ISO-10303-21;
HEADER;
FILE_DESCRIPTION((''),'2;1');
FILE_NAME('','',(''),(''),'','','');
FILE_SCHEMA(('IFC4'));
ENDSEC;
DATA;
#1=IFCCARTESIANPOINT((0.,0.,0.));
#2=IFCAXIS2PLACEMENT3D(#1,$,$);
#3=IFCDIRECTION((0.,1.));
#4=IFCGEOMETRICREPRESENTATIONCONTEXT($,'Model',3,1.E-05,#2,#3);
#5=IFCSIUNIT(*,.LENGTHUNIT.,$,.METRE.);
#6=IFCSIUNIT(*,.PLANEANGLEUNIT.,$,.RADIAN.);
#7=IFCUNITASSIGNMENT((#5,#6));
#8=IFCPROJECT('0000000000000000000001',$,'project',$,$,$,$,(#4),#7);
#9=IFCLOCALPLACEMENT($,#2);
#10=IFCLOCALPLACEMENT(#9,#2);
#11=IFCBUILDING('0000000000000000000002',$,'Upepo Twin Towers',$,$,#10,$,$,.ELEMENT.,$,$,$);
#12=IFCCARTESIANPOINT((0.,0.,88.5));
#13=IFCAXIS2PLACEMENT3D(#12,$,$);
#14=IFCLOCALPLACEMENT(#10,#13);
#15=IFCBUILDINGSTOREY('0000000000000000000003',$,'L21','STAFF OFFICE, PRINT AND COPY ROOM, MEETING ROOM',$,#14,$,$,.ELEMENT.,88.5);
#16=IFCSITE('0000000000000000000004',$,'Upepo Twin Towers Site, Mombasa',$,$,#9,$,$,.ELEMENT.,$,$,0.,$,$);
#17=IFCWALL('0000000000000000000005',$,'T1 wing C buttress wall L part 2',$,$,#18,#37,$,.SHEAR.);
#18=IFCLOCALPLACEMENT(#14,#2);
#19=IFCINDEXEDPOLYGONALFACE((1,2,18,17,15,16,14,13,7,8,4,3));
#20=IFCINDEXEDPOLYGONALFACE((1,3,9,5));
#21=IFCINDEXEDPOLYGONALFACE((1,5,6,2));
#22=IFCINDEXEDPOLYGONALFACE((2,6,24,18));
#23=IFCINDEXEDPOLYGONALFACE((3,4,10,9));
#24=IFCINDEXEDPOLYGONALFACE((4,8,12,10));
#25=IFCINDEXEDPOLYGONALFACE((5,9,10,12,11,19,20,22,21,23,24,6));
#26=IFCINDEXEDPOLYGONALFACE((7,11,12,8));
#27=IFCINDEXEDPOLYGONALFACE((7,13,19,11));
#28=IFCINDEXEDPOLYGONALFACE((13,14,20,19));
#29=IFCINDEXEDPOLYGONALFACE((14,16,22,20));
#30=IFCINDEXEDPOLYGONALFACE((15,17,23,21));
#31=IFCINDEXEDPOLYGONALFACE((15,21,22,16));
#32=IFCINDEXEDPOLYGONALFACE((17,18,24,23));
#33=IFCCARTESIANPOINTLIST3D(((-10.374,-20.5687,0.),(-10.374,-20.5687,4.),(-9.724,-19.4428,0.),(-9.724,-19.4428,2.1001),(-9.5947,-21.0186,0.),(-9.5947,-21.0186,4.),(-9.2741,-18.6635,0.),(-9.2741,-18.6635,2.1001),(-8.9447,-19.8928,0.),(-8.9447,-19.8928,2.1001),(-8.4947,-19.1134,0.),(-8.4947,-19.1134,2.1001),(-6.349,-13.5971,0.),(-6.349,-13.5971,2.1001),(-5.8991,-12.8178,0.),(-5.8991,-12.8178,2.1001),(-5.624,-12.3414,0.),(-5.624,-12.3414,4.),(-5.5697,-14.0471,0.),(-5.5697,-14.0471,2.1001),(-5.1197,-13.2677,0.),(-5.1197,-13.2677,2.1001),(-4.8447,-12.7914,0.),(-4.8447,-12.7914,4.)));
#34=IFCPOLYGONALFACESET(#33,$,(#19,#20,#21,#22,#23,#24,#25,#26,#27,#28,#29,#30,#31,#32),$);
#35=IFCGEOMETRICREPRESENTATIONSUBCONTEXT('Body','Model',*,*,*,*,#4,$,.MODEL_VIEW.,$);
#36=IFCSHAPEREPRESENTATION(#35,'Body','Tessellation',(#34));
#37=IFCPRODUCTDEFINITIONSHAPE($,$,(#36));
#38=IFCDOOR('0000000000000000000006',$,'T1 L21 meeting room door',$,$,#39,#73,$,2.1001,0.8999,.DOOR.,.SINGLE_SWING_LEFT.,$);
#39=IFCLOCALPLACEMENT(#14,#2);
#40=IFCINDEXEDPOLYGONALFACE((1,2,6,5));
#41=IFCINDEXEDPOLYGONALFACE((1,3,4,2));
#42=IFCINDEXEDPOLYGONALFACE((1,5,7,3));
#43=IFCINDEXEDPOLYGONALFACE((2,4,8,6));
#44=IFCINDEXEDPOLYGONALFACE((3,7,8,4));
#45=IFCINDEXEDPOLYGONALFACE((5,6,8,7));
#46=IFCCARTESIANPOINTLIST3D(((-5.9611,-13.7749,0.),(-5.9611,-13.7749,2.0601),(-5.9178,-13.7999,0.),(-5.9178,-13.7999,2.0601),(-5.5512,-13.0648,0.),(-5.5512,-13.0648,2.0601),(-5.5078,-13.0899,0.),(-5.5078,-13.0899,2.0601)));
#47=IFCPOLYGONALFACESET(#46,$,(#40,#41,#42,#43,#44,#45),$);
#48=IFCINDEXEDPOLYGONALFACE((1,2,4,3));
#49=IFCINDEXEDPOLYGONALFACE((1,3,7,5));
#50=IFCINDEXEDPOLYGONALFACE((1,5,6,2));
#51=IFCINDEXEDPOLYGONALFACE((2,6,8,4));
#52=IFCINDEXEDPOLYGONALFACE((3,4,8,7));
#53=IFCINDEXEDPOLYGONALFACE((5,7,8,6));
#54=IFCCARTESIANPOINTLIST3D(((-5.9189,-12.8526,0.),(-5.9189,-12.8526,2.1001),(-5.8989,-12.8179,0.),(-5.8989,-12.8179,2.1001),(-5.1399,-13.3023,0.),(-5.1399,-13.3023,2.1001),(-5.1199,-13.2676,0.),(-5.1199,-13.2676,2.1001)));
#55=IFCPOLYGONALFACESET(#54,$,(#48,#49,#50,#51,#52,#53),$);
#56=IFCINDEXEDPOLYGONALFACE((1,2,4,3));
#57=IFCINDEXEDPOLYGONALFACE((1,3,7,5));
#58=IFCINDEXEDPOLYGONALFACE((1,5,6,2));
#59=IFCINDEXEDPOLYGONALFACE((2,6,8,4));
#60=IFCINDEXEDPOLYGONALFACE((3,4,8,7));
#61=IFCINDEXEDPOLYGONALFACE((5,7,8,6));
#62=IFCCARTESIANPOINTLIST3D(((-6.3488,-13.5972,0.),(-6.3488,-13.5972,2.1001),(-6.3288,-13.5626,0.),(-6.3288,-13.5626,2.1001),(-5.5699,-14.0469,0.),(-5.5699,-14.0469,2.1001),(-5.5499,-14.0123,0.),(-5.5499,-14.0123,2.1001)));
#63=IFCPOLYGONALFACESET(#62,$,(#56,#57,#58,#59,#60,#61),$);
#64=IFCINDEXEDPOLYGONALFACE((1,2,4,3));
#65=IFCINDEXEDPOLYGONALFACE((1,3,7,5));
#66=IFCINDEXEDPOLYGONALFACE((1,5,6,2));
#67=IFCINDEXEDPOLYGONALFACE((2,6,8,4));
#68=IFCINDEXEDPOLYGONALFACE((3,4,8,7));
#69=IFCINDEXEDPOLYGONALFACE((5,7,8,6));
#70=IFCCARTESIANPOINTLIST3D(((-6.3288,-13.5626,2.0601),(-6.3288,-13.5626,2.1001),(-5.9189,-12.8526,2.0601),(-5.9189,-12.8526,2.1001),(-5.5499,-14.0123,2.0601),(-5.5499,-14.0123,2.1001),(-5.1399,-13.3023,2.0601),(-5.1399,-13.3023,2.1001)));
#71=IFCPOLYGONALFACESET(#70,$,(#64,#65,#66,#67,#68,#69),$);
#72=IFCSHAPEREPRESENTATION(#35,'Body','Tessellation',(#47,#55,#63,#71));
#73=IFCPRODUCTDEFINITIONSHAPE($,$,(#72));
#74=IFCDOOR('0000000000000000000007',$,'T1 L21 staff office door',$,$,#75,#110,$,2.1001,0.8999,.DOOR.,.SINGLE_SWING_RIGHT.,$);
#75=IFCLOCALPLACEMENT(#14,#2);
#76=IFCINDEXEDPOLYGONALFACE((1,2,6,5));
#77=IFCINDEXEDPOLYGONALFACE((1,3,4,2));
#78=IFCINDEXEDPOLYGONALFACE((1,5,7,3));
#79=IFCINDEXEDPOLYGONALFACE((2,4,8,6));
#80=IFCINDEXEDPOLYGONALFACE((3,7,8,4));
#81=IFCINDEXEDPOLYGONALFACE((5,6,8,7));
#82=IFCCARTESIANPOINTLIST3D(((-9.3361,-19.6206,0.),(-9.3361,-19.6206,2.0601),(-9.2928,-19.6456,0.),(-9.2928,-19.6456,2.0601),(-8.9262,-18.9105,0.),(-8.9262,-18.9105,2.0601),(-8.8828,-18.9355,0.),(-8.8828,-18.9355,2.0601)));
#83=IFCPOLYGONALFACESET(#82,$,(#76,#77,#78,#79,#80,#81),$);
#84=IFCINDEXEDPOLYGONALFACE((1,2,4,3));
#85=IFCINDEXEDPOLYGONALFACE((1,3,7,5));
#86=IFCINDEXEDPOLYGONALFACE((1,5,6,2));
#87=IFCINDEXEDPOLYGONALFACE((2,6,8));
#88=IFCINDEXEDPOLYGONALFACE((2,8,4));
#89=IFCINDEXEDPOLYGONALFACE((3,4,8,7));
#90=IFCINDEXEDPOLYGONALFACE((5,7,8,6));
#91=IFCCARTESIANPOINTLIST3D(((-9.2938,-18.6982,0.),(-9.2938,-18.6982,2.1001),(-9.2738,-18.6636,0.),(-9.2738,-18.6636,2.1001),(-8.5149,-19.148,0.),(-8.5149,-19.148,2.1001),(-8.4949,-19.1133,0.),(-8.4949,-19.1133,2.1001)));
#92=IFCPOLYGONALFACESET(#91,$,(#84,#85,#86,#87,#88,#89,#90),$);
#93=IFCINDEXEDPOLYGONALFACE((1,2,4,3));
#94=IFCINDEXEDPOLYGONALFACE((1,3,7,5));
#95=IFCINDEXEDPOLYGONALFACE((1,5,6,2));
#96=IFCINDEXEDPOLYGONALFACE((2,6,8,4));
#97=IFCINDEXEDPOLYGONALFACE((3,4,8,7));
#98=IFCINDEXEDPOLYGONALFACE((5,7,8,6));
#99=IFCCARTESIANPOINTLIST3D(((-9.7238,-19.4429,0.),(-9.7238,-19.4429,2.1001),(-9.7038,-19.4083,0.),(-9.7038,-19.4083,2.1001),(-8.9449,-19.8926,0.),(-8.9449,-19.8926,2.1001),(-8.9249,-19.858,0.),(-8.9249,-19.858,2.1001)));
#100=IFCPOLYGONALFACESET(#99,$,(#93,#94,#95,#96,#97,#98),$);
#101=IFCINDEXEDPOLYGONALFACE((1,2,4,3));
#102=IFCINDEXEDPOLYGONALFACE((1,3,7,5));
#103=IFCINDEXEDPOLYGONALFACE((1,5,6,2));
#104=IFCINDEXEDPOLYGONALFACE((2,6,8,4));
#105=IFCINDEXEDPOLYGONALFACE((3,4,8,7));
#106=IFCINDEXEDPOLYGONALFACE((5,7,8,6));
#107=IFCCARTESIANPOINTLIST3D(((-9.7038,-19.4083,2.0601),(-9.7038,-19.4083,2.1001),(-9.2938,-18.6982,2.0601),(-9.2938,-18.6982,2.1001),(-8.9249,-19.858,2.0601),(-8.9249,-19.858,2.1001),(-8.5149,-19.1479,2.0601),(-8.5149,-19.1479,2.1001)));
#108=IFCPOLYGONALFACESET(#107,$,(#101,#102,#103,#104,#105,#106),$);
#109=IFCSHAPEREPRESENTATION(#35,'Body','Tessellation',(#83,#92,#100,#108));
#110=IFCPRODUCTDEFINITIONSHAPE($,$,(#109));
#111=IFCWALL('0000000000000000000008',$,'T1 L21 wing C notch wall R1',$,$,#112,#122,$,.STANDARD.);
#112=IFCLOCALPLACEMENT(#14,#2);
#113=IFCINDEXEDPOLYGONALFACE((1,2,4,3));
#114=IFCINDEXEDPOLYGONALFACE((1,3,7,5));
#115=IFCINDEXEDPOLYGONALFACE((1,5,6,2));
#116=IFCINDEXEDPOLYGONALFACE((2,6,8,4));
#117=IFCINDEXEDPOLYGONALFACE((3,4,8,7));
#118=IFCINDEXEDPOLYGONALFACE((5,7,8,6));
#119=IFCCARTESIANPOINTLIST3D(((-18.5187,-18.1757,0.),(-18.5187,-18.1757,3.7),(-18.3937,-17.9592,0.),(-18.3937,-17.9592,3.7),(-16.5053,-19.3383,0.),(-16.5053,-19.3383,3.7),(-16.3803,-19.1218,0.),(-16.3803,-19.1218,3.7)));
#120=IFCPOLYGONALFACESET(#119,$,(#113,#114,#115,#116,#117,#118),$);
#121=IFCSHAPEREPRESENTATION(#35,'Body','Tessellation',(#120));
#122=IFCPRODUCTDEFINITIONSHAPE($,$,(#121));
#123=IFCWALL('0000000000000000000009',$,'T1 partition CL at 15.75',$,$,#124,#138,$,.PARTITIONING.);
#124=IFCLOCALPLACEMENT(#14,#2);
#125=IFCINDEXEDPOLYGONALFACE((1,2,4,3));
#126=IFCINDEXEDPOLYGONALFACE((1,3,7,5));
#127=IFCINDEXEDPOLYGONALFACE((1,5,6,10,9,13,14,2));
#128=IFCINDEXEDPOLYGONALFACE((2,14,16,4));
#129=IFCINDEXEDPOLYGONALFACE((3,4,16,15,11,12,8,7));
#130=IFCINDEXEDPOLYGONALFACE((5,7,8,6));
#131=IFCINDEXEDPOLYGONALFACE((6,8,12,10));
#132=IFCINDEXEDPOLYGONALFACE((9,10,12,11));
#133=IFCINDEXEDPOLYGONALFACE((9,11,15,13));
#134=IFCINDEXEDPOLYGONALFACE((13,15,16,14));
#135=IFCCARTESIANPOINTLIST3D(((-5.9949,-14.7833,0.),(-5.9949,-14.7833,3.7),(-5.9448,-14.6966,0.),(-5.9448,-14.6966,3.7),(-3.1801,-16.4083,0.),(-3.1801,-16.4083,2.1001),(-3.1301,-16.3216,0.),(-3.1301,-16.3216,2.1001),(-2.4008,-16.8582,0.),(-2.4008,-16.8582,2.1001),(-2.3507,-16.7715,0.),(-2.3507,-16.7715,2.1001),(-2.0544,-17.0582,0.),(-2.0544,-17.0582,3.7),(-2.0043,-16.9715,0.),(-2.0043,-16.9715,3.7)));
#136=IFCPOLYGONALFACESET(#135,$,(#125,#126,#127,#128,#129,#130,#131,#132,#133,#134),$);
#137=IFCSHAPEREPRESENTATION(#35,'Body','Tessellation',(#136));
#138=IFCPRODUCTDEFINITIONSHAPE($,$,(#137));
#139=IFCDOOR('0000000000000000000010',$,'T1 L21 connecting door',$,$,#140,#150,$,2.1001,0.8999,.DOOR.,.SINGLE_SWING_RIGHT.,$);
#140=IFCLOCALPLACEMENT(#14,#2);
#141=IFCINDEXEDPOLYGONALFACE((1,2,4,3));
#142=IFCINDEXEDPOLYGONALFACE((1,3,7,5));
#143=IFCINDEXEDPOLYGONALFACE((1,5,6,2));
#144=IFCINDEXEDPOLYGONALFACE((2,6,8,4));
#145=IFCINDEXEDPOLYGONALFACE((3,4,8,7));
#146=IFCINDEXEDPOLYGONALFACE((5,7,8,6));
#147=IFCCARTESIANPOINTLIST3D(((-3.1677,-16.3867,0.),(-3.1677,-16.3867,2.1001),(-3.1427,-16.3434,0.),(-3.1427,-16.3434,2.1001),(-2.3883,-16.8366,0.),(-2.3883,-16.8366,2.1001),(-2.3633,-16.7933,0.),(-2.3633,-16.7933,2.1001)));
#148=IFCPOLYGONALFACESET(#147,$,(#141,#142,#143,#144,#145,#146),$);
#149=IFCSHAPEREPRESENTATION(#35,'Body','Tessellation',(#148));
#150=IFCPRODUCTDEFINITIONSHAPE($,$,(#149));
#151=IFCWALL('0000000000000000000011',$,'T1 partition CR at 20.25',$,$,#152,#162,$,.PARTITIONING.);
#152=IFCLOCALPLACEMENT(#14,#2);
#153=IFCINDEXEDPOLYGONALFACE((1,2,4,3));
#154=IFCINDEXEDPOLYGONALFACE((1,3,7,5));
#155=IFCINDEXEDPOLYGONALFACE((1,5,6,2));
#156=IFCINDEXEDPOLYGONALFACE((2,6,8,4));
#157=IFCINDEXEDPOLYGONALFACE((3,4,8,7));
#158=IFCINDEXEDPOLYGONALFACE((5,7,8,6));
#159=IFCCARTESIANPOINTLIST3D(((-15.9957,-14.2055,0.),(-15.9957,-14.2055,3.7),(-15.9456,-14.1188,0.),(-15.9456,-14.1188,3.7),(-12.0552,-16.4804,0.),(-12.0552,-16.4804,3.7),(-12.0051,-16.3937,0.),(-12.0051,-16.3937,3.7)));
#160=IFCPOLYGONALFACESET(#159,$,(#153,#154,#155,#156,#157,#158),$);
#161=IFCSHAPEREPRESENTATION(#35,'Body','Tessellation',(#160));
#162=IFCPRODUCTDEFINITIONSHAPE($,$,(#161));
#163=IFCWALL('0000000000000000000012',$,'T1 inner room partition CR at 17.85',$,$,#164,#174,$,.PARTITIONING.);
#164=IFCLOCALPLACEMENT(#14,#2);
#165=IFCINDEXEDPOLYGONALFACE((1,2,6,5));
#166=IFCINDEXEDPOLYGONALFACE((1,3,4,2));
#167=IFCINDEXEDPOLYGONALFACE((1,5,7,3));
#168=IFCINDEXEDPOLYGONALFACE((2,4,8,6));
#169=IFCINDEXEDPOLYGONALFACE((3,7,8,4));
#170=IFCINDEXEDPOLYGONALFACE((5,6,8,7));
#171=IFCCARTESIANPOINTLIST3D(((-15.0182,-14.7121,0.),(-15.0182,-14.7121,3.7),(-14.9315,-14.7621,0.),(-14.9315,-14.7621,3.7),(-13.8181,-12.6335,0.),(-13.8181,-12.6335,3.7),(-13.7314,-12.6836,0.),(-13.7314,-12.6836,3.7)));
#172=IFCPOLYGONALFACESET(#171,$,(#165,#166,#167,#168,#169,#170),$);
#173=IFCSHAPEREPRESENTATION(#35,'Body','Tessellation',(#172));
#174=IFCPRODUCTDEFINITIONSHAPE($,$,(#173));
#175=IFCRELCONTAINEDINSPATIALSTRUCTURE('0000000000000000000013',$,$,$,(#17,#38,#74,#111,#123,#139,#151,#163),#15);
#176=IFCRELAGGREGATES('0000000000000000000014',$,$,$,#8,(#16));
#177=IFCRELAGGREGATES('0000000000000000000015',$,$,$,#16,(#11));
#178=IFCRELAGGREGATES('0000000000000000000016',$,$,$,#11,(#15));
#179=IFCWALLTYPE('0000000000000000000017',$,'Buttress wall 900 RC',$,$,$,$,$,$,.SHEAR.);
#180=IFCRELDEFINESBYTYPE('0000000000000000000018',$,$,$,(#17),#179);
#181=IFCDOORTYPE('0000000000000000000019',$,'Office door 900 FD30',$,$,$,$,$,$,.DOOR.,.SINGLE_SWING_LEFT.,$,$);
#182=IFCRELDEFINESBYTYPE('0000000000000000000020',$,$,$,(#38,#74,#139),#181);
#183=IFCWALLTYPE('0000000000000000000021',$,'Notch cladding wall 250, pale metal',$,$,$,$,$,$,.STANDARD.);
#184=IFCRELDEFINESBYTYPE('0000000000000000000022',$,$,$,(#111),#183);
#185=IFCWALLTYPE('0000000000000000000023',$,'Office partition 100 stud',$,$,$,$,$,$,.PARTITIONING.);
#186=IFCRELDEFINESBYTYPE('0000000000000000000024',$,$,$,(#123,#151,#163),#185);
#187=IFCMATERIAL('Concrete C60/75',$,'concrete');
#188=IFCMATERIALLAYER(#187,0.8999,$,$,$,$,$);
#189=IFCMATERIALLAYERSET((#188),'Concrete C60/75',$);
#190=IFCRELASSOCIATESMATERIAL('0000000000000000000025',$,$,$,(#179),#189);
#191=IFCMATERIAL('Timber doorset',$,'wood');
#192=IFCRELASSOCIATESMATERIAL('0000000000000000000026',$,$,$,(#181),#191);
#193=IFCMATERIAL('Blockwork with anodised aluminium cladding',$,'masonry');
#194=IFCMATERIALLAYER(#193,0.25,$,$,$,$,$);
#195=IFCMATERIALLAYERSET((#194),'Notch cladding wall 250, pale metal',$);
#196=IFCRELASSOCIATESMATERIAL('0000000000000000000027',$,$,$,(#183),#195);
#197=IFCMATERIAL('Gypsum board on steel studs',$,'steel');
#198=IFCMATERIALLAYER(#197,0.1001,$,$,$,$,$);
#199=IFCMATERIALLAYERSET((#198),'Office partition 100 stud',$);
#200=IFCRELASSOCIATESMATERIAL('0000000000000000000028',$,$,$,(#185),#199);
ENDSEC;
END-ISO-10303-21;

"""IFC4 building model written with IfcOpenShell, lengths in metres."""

from ifc_helpers import new_model, si_unit, direction, frame, frame_2d, origin, place, context, subcontext, project, spatial, rectangle, extrude, material, layer, layer_set, type_object, element, fill, save


model = new_model("IFC4")

# Units and contexts
model_context = context("Model", 3, precision=1e-05, world=origin(), true_north=direction((0.0, 1.0)))
body_context = subcontext(model_context, "Body", "Model", "MODEL_VIEW")
ifc_project = project(units=[si_unit("LENGTHUNIT", "METRE"), si_unit("PLANEANGLEUNIT", "RADIAN")], contexts=[model_context])

# Site, building, storey
site_placement = place(None, origin())
site = spatial("IfcSite", under=ifc_project, at=site_placement, Name="Upepo Twin Towers Site, Mombasa", CompositionType="ELEMENT", RefElevation=0.0)
building_placement = place(site_placement, origin())
building = spatial("IfcBuilding", under=site, at=building_placement, Name="Upepo Twin Towers", CompositionType="ELEMENT")
storey_placement = place(building_placement, frame((0.0, 0.0, 88.5)))
storey = spatial("IfcBuildingStorey", under=building, at=storey_placement, Name="L21", Description="STAFF OFFICE, PRINT AND COPY ROOM, MEETING ROOM", CompositionType="ELEMENT", Elevation=88.5)

# Wall, openings, doors
ifc_material_1 = material(Name="Concrete C60/75", Category="concrete")
ifc_layer_1 = layer(ifc_material_1, 0.8999)
ifc_layer_set_1 = layer_set([ifc_layer_1], Name="Concrete C60/75")
wall_type_1 = type_object("IfcWallType", Name="Buttress wall 900 RC", PredefinedType="SHEAR", material=ifc_layer_set_1)
wall_1_placement = place(storey_placement, frame((-5.2344, -12.5664, 0.0), z_axis=(0.0, 0.0, 1.0), x_axis=(-0.499998, -0.866027, 0.0)))
wall_1 = element("IfcWall", 1, at=wall_1_placement, inside=storey, type_object=wall_type_1, Name="T1 wing C buttress wall L part 2", PredefinedType="SHEAR", context=body_context, shape_type="SweptSolid", body=[
    extrude(rectangle(XDim=9.5, YDim=0.8999, at=frame_2d((4.75, 0.0))), origin(), (0.0, 0.0, 1.0), 4.0),
])
opening_1_placement = place(wall_1_placement, frame((0.55, 0.0, 0.0)))
opening_1 = element("IfcOpeningElement", 2, at=opening_1_placement, cuts=wall_1, PredefinedType="OPENING", context=body_context, shape_type="SweptSolid", body=[
    extrude(rectangle(XDim=0.8999, YDim=2.1001, at=frame_2d((0.45, 1.05))), frame((0.0, 0.46, 0.0), z_axis=(0.0, -1.0, 0.0), x_axis=(1.0, 0.0, 0.0)), (0.0, 0.0, 1.0), 0.9199),
])
opening_2_placement = place(wall_1_placement, frame((7.3, 0.0, 0.0)))
opening_2 = element("IfcOpeningElement", 3, at=opening_2_placement, cuts=wall_1, PredefinedType="OPENING", context=body_context, shape_type="SweptSolid", body=[
    extrude(rectangle(XDim=0.8999, YDim=2.1001, at=frame_2d((0.45, 1.05))), frame((0.0, 0.46, 0.0), z_axis=(0.0, -1.0, 0.0), x_axis=(1.0, 0.0, 0.0)), (0.0, 0.0, 1.0), 0.9199),
])
ifc_material_2 = material(Name="Timber doorset", Category="wood")
door_type = type_object("IfcDoorType", Name="Office door 900 FD30", OperationType="SINGLE_SWING_LEFT", PredefinedType="DOOR", material=ifc_material_2)
door_1_placement = place(opening_1_placement, origin())
door_1 = element("IfcDoor", 4, at=door_1_placement, inside=storey, type_object=door_type, Name="T1 L21 meeting room door", OperationType="SINGLE_SWING_LEFT", OverallHeight=2.1001, OverallWidth=0.8999, PredefinedType="DOOR", context=body_context, shape_type="SweptSolid", body=[
    extrude(rectangle(XDim=0.8199, YDim=2.0601, at=frame_2d((0.45, 1.03))), frame((0.0, 0.0249, 0.0), z_axis=(0.0, -1.0, 0.0), x_axis=(1.0, 0.0, 0.0)), (0.0, 0.0, 1.0), 0.05),
    extrude(rectangle(XDim=0.04, YDim=2.1001, at=frame_2d((0.02, 1.05))), frame((0.0, 0.4497, 0.0), z_axis=(0.0, -1.0, 0.0), x_axis=(1.0, 0.0, 0.0)), (0.0, 0.0, 1.0), 0.8994),
    extrude(rectangle(XDim=0.04, YDim=2.1001, at=frame_2d((0.8799, 1.05))), frame((0.0, 0.4497, 0.0), z_axis=(0.0, -1.0, 0.0), x_axis=(1.0, 0.0, 0.0)), (0.0, 0.0, 1.0), 0.8994),
    extrude(rectangle(XDim=0.8199, YDim=0.04, at=frame_2d((0.45, 2.0801))), frame((0.0, 0.4497, 0.0), z_axis=(0.0, -1.0, 0.0), x_axis=(1.0, 0.0, 0.0)), (0.0, 0.0, 1.0), 0.8994),
])
fill(opening_1, door_1)
door_2_placement = place(opening_2_placement, origin())
door_2 = element("IfcDoor", 5, at=door_2_placement, inside=storey, type_object=door_type, Name="T1 L21 staff office door", OperationType="SINGLE_SWING_RIGHT", OverallHeight=2.1001, OverallWidth=0.8999, PredefinedType="DOOR", context=body_context, shape_type="SweptSolid", body=[
    extrude(rectangle(XDim=0.8199, YDim=2.0601, at=frame_2d((0.45, 1.03))), frame((0.0, 0.0249, 0.0), z_axis=(0.0, -1.0, 0.0), x_axis=(1.0, 0.0, 0.0)), (0.0, 0.0, 1.0), 0.05),
    extrude(rectangle(XDim=0.04, YDim=2.1001, at=frame_2d((0.02, 1.05))), frame((0.0, 0.4497, 0.0), z_axis=(0.0, -1.0, 0.0), x_axis=(1.0, 0.0, 0.0)), (0.0, 0.0, 1.0), 0.8994),
    extrude(rectangle(XDim=0.04, YDim=2.1001, at=frame_2d((0.8799, 1.05))), frame((0.0, 0.4497, 0.0), z_axis=(0.0, -1.0, 0.0), x_axis=(1.0, 0.0, 0.0)), (0.0, 0.0, 1.0), 0.8994),
    extrude(rectangle(XDim=0.8199, YDim=0.04, at=frame_2d((0.45, 2.0801))), frame((0.0, 0.4497, 0.0), z_axis=(0.0, -1.0, 0.0), x_axis=(1.0, 0.0, 0.0)), (0.0, 0.0, 1.0), 0.8994),
])
fill(opening_2, door_2)

# Wall
ifc_material_3 = material(Name="Blockwork with anodised aluminium cladding", Category="masonry")
ifc_layer_2 = layer(ifc_material_3, 0.25)
ifc_layer_set_2 = layer_set([ifc_layer_2], Name="Notch cladding wall 250, pale metal")
wall_type_2 = type_object("IfcWallType", Name="Notch cladding wall 250, pale metal", PredefinedType="STANDARD", material=ifc_layer_set_2)
wall_2_placement = place(storey_placement, frame((-18.4563, -18.0674, 0.0), z_axis=(0.0, 0.0, 1.0), x_axis=(0.865998, -0.500047, 0.0)))
element("IfcWall", 6, at=wall_2_placement, inside=storey, type_object=wall_type_2, Name="T1 L21 wing C notch wall R1", PredefinedType="STANDARD", context=body_context, shape_type="SweptSolid", body=[
    extrude(rectangle(XDim=2.325, YDim=0.25, at=frame_2d((1.1626, 0.0))), origin(), (0.0, 0.0, 1.0), 3.7),
])

# Wall, opening, door
ifc_material_4 = material(Name="Gypsum board on steel studs", Category="steel")
ifc_layer_3 = layer(ifc_material_4, 0.1001)
ifc_layer_set_3 = layer_set([ifc_layer_3], Name="Office partition 100 stud")
wall_type_3 = type_object("IfcWallType", Name="Office partition 100 stud", PredefinedType="PARTITIONING", material=ifc_layer_set_3)
wall_3_placement = place(storey_placement, frame((-5.9697, -14.74, 0.0), z_axis=(0.0, 0.0, 1.0), x_axis=(0.866035, -0.499983, 0.0)))
wall_3 = element("IfcWall", 7, at=wall_3_placement, inside=storey, type_object=wall_type_3, Name="T1 partition CL at 15.75", PredefinedType="PARTITIONING", context=body_context, shape_type="SweptSolid", body=[
    extrude(rectangle(XDim=4.55, YDim=0.1001, at=frame_2d((2.2749, 0.0))), origin(), (0.0, 0.0, 1.0), 3.7),
])
opening_3_placement = place(wall_3_placement, frame((3.25, 0.0, 0.0)))
opening_3 = element("IfcOpeningElement", 8, at=opening_3_placement, cuts=wall_3, PredefinedType="OPENING", context=body_context, shape_type="SweptSolid", body=[
    extrude(rectangle(XDim=0.8999, YDim=2.1001, at=frame_2d((0.45, 1.05))), frame((0.0, 0.0601, 0.0), z_axis=(0.0, -1.0, 0.0), x_axis=(1.0, 0.0, 0.0)), (0.0, 0.0, 1.0), 0.1201),
])
door_3_placement = place(opening_3_placement, origin())
door_3 = element("IfcDoor", 9, at=door_3_placement, inside=storey, type_object=door_type, Name="T1 L21 connecting door", OperationType="SINGLE_SWING_RIGHT", OverallHeight=2.1001, OverallWidth=0.8999, PredefinedType="DOOR", context=body_context, shape_type="SweptSolid", body=[
    extrude(rectangle(XDim=0.8999, YDim=2.1001, at=frame_2d((0.45, 1.05))), frame((0.0, 0.0249, 0.0), z_axis=(0.0, -1.0, 0.0), x_axis=(1.0, 0.0, 0.0)), (0.0, 0.0, 1.0), 0.05),
])
fill(opening_3, door_3)

# Walls
wall_4_placement = place(storey_placement, frame((-12.0303, -16.437, 0.0), z_axis=(0.0, 0.0, 1.0), x_axis=(-0.866035, 0.499983, 0.0)))
element("IfcWall", 10, at=wall_4_placement, inside=storey, type_object=wall_type_3, Name="T1 partition CR at 20.25", PredefinedType="PARTITIONING", context=body_context, shape_type="SweptSolid", body=[
    extrude(rectangle(XDim=4.55, YDim=0.1001, at=frame_2d((2.2749, 0.0))), origin(), (0.0, 0.0, 1.0), 3.7),
])
wall_5_placement = place(storey_placement, frame((-13.7747, -12.6584, 0.0), z_axis=(0.0, 0.0, 1.0), x_axis=(-0.500034, -0.866006, 0.0)))
element("IfcWall", 11, at=wall_5_placement, inside=storey, type_object=wall_type_3, Name="T1 inner room partition CR at 17.85", PredefinedType="PARTITIONING", context=body_context, shape_type="SweptSolid", body=[
    extrude(rectangle(XDim=2.4001, YDim=0.1001, at=frame_2d((1.2002, 0.0))), origin(), (0.0, 0.0, 1.0), 3.7),
])

save(model, "model.ifc")
